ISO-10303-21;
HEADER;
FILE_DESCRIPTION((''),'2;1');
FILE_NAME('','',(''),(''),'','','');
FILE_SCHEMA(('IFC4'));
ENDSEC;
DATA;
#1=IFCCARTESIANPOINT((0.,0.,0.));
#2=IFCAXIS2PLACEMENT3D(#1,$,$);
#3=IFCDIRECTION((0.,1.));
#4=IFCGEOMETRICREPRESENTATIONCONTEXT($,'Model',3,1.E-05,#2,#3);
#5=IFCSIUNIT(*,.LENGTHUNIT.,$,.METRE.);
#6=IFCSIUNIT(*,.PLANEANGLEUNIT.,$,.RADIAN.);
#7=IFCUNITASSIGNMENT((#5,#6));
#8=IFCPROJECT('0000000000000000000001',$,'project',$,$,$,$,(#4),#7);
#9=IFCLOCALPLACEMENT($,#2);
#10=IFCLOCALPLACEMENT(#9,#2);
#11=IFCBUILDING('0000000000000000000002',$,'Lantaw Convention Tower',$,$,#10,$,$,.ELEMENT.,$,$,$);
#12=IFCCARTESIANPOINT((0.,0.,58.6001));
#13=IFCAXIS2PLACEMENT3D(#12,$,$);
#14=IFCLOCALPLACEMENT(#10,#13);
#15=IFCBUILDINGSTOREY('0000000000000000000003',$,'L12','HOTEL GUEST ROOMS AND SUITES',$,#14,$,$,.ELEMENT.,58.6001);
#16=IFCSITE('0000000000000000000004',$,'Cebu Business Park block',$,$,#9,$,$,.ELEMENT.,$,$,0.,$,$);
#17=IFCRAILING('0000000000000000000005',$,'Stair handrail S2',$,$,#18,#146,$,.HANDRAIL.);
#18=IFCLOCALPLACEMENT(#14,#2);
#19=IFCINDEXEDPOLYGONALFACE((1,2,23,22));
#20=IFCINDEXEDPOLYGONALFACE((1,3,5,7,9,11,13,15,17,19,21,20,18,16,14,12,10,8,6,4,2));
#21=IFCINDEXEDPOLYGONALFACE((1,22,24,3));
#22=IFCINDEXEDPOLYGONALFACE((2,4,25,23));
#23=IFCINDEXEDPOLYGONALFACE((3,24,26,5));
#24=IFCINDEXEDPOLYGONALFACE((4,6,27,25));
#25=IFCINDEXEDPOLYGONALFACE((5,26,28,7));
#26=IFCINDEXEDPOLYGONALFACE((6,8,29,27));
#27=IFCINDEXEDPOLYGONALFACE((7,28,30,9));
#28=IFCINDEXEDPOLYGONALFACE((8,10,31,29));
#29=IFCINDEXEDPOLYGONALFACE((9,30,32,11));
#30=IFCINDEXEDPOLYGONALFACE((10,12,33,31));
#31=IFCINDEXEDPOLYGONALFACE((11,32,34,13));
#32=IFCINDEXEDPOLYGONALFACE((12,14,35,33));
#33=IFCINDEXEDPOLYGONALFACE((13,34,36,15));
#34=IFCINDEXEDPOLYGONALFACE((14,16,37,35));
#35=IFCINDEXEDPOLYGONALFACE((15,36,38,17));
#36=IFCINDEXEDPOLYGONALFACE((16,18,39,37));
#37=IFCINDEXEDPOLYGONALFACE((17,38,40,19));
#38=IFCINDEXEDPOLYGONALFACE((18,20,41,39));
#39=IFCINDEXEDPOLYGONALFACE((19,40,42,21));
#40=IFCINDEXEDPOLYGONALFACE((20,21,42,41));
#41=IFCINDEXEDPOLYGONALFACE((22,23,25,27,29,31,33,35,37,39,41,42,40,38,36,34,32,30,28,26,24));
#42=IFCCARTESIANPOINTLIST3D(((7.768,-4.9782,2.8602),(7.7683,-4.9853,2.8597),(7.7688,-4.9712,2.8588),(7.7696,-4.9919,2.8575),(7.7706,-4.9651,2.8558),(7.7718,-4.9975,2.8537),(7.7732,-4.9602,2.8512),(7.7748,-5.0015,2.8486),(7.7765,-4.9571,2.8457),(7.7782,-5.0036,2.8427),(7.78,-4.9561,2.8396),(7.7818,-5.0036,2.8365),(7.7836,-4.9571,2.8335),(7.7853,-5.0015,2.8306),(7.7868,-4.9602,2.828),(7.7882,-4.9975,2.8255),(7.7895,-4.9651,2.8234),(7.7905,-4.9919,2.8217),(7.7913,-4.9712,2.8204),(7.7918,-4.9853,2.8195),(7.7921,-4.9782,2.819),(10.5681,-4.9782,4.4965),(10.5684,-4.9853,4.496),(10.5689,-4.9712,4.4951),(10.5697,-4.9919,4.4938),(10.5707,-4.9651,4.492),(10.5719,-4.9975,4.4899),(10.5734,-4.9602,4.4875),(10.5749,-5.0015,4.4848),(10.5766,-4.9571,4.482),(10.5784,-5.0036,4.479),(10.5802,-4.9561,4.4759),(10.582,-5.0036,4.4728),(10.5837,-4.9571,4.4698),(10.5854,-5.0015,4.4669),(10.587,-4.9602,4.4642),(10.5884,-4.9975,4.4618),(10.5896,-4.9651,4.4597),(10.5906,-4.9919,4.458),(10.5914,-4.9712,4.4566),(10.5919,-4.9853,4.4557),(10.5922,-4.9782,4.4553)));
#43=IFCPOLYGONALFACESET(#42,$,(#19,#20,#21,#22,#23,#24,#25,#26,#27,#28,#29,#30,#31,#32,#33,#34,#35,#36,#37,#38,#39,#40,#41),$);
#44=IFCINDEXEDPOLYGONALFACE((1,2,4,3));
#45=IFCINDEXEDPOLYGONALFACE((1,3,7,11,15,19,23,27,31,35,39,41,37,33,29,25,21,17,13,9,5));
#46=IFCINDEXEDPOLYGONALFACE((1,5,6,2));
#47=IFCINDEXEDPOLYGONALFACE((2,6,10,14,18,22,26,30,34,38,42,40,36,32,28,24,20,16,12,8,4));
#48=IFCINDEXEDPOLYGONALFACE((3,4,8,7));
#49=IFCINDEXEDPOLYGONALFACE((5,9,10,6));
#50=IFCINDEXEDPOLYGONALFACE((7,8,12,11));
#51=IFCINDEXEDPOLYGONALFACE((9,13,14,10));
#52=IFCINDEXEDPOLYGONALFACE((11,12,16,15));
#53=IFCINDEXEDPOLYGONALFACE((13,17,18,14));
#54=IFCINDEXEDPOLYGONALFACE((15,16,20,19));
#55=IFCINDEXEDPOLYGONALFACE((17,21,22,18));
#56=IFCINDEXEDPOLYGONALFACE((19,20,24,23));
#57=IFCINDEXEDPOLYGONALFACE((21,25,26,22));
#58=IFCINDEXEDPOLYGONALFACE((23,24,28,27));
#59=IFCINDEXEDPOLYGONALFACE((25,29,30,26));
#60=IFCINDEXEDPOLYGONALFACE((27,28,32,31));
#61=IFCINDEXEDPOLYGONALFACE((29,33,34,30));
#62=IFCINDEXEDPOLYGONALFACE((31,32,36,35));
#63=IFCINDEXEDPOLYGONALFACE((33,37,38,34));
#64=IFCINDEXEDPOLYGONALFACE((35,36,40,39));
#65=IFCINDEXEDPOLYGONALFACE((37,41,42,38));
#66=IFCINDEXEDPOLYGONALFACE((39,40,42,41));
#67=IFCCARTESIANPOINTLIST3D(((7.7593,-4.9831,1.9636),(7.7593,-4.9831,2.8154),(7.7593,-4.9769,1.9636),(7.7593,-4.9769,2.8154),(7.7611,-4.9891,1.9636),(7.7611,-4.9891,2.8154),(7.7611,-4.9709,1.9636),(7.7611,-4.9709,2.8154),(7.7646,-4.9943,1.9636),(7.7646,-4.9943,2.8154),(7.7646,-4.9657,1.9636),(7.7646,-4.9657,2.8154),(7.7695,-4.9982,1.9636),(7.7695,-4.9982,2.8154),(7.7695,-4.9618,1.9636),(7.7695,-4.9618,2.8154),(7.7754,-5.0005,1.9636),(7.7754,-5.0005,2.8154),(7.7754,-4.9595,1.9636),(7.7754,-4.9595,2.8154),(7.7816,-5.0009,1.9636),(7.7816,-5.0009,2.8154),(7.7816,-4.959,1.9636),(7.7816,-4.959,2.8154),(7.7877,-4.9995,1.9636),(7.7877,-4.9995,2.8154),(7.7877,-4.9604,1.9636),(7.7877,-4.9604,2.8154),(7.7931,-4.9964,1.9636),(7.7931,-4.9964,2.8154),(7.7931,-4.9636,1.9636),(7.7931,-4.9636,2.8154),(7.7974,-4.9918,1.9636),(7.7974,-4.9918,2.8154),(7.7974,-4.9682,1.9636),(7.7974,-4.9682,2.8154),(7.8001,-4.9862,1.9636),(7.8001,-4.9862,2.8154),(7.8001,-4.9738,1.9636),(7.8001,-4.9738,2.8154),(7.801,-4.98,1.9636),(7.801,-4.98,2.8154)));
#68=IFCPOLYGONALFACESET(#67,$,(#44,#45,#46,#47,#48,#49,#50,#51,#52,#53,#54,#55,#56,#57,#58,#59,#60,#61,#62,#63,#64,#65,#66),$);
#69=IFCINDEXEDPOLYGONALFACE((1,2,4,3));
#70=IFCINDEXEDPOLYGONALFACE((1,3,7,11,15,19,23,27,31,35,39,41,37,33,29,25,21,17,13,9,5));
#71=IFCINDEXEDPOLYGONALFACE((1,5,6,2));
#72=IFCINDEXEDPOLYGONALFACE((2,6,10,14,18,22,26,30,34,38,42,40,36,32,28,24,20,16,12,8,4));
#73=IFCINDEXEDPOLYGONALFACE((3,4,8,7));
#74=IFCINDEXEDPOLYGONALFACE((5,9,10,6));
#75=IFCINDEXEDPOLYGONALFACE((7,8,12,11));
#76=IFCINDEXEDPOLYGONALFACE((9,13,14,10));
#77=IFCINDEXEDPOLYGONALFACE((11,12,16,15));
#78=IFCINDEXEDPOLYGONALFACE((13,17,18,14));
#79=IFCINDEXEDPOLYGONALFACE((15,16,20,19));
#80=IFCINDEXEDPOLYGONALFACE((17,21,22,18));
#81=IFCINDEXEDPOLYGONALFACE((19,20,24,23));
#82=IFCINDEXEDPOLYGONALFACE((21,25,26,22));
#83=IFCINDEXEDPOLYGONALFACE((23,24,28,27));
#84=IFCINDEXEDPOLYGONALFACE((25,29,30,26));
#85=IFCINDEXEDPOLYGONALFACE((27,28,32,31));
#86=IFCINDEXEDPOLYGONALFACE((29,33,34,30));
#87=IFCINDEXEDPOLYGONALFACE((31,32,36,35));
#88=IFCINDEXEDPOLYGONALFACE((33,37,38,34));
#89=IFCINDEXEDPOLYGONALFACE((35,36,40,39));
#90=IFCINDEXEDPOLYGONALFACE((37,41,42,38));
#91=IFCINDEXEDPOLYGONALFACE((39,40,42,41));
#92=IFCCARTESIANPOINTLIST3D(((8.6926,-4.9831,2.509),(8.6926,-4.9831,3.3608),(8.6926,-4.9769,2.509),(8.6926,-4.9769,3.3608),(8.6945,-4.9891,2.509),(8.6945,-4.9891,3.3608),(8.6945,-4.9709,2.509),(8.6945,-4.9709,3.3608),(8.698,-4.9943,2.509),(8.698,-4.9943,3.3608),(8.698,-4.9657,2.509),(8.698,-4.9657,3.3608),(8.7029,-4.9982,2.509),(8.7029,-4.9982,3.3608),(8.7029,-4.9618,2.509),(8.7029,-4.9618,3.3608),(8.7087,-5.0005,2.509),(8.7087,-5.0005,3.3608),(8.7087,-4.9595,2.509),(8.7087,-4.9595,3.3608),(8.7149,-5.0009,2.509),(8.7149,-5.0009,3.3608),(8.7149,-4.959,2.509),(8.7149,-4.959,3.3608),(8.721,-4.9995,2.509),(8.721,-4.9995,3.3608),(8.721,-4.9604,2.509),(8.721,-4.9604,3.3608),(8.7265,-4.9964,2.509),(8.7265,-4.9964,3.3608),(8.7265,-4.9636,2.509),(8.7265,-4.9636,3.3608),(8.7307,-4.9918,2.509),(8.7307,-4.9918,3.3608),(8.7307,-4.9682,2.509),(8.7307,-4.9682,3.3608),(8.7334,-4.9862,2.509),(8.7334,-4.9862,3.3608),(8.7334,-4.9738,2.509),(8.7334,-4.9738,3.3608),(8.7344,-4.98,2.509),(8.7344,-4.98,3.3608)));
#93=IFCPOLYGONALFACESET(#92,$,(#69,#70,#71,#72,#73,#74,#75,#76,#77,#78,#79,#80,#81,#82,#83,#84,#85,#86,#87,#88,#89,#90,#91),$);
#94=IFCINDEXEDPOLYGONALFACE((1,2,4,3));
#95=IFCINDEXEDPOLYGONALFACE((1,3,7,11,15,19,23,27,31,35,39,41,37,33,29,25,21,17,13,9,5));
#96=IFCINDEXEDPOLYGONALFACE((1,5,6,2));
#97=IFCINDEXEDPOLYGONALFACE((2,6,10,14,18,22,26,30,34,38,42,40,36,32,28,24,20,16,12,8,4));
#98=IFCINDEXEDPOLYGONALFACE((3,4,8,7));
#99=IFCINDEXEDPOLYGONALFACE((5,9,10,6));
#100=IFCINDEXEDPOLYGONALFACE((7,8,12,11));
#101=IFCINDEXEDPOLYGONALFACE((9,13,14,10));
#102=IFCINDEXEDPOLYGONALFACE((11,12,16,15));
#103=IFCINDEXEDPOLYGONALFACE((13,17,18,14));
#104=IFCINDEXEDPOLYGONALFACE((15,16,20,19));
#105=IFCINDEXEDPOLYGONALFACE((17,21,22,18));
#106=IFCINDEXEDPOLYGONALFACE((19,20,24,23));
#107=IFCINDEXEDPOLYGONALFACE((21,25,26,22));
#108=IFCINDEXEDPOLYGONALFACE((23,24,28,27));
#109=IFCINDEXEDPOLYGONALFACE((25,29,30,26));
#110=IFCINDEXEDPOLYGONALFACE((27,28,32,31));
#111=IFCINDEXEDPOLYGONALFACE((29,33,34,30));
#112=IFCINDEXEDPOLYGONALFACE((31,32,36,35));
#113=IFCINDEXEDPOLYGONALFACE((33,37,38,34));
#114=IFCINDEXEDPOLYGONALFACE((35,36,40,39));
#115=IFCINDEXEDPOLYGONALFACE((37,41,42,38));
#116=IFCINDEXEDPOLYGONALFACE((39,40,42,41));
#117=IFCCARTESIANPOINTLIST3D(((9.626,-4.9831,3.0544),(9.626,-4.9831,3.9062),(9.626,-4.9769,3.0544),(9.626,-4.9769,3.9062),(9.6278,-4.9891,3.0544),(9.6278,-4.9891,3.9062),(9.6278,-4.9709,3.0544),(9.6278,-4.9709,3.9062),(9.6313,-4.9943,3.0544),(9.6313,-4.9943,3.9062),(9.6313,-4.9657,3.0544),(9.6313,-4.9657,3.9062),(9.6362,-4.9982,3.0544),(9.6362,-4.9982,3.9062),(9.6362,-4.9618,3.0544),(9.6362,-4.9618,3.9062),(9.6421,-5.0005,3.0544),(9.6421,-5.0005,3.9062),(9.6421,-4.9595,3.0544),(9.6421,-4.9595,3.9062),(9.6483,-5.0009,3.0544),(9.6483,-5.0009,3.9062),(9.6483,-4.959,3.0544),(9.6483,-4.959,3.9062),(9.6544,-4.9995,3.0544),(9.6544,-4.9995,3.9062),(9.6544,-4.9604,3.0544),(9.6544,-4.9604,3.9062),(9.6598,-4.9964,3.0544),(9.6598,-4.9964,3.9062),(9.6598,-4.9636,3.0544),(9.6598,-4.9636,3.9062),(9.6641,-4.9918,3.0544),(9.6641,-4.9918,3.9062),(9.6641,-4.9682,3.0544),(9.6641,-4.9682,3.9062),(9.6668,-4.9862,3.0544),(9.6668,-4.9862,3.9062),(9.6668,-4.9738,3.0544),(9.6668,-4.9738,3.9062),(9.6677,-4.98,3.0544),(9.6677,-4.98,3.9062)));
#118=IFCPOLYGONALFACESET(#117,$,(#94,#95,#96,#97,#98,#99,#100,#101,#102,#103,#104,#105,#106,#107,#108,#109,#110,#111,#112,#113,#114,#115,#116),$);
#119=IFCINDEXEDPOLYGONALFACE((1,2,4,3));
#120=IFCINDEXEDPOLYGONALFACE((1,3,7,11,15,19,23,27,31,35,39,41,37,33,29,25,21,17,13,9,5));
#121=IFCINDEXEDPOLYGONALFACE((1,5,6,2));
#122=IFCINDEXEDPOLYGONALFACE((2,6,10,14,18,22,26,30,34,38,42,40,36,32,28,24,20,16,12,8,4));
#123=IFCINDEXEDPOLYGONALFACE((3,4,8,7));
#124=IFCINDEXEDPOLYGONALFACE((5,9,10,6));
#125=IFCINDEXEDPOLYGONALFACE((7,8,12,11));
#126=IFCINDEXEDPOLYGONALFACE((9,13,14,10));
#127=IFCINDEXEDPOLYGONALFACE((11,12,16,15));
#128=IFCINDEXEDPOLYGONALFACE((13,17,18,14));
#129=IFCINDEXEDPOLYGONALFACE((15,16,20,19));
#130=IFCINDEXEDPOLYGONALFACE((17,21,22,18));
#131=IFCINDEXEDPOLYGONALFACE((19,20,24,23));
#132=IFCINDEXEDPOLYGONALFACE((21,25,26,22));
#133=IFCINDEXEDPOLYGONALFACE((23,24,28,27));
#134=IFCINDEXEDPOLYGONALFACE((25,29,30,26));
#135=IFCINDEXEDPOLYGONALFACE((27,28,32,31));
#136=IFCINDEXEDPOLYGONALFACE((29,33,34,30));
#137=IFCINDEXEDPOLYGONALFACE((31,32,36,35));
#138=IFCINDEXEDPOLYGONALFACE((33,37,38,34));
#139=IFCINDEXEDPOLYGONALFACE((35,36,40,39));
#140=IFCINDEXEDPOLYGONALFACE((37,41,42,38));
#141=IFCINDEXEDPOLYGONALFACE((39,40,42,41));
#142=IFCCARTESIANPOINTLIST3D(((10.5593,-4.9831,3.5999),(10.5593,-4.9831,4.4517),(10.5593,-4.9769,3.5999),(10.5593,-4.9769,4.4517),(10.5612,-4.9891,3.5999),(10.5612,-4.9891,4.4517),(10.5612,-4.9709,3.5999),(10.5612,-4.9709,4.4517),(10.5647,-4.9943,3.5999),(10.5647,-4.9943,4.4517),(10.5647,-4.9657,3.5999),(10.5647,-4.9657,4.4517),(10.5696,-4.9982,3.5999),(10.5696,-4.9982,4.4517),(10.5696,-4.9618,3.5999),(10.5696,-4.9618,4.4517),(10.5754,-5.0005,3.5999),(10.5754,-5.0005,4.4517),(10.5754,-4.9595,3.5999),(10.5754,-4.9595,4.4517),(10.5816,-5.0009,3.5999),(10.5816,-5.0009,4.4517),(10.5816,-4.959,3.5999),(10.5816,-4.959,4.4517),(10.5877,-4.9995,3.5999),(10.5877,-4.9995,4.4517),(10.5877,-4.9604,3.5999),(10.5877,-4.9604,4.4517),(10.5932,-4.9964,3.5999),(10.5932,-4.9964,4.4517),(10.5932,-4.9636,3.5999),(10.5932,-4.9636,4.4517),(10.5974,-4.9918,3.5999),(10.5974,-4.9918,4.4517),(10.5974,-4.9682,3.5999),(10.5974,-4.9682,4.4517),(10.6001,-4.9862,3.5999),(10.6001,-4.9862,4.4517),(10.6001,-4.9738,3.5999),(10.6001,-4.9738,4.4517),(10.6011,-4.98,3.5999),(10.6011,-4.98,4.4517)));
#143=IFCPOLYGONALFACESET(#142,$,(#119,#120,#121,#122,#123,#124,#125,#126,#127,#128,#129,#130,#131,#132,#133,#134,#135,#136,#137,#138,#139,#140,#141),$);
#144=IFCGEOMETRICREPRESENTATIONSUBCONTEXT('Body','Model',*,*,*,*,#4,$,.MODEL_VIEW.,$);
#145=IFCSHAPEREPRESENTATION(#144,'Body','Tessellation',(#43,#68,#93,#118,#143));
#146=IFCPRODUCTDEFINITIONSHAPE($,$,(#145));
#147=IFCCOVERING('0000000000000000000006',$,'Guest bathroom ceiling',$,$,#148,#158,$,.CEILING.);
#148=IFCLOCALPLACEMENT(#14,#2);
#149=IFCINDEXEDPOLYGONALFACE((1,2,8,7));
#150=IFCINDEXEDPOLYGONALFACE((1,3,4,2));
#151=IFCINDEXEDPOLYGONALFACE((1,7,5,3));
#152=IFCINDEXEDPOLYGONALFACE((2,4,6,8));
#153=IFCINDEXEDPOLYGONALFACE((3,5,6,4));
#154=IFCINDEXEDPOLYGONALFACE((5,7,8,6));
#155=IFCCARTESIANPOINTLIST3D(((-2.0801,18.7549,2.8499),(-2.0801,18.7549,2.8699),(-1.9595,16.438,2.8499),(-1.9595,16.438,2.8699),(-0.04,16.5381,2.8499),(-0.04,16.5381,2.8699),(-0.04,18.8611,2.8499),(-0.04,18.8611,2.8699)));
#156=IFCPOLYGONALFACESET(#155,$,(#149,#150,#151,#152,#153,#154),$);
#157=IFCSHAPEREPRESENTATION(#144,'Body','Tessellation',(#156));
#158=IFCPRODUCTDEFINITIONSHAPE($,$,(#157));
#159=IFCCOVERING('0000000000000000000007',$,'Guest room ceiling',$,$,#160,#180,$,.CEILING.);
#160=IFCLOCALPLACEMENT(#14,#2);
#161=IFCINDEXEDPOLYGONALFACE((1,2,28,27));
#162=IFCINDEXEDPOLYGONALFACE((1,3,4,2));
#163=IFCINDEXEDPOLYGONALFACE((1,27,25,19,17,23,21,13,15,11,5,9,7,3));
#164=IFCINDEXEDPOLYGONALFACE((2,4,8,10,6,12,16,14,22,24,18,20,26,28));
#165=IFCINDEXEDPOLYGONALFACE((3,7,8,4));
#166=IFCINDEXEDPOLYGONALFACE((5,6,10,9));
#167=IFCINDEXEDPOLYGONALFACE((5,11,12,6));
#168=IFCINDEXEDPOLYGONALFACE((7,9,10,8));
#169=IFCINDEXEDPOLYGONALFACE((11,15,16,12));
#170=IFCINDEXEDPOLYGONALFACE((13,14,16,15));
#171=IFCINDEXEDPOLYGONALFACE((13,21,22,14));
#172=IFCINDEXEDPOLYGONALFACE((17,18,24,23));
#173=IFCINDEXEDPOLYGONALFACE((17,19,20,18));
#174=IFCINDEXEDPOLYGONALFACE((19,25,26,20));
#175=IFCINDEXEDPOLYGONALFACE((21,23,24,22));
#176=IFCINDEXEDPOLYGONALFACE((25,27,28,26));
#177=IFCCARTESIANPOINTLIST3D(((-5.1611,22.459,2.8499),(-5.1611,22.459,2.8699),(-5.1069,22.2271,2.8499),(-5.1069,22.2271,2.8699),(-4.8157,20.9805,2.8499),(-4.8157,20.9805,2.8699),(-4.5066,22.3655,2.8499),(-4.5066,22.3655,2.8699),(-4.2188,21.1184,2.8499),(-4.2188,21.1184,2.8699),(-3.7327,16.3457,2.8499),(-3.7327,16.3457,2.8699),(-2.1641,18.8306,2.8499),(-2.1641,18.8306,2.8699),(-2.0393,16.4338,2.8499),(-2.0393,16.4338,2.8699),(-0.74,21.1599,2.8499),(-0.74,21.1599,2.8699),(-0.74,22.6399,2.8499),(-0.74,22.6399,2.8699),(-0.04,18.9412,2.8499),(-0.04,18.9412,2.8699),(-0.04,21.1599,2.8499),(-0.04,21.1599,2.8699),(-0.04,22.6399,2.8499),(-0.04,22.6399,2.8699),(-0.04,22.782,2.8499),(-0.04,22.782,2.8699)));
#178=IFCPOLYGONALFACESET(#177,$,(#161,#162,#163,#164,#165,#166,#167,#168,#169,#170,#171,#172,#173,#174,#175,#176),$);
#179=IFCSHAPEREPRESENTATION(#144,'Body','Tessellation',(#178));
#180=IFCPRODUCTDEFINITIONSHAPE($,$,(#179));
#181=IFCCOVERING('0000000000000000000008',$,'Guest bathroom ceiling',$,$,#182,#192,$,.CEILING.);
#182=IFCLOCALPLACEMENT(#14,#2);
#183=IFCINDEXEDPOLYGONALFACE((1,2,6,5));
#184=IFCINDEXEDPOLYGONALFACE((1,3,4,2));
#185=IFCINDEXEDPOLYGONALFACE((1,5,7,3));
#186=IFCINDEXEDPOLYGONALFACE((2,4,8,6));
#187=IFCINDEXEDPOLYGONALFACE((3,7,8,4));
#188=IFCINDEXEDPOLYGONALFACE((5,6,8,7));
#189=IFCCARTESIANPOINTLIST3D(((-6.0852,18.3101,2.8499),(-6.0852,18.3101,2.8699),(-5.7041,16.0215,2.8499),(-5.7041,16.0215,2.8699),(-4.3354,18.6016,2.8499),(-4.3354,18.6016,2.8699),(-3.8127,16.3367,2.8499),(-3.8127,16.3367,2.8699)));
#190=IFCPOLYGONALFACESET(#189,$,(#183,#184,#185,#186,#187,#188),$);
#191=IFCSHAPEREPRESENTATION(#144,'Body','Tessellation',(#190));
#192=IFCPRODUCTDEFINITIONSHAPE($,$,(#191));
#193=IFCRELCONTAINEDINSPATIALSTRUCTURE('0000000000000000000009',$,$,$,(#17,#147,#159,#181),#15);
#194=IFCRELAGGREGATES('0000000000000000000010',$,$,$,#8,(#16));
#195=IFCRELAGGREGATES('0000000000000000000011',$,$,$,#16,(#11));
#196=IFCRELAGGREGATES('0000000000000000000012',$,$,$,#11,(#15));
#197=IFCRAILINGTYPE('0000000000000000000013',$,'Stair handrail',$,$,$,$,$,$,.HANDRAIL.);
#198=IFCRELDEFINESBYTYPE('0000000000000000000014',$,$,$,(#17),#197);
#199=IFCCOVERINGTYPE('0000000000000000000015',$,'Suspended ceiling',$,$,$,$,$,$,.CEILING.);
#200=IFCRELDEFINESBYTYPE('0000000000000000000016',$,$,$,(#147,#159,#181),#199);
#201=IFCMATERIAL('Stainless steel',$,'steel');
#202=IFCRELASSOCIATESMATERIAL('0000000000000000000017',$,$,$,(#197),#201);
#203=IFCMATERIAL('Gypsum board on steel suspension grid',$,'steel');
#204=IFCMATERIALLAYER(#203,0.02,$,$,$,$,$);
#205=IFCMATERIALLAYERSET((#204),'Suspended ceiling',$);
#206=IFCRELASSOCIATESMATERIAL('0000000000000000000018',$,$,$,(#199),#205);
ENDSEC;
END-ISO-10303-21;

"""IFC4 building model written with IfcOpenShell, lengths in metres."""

from ifc_helpers import new_model, si_unit, direction, frame, origin, origin_2d, place, context, subcontext, project, spatial, polyline, circle, outline, extrude, material, layer, layer_set, type_object, element, save


model = new_model("IFC4")

# Units and contexts
model_context = context("Model", 3, precision=1e-05, world=origin(), true_north=direction((0.0, 1.0)))
body_context = subcontext(model_context, "Body", "Model", "MODEL_VIEW")
ifc_project = project(units=[si_unit("LENGTHUNIT", "METRE"), si_unit("PLANEANGLEUNIT", "RADIAN")], contexts=[model_context])

# Site, building, storey
site_placement = place(None, origin())
site = spatial("IfcSite", under=ifc_project, at=site_placement, Name="Cebu Business Park block", CompositionType="ELEMENT", RefElevation=0.0)
building_placement = place(site_placement, origin())
building = spatial("IfcBuilding", under=site, at=building_placement, Name="Lantaw Convention Tower", CompositionType="ELEMENT")
storey_placement = place(building_placement, frame((0.0, 0.0, 58.6001)))
storey = spatial("IfcBuildingStorey", under=building, at=storey_placement, Name="L12", Description="HOTEL GUEST ROOMS AND SUITES", CompositionType="ELEMENT", Elevation=58.6001)

# Railing
ifc_material_1 = material(Name="Stainless steel", Category="steel")
railing_type = type_object("IfcRailingType", Name="Stair handrail", PredefinedType="HANDRAIL", material=ifc_material_1)
railing_1_placement = place(storey_placement, frame((7.78, -4.98, 1.9636)))
element("IfcRailing", 1, at=railing_1_placement, inside=storey, type_object=railing_type, Name="Stair handrail S2", PredefinedType="HANDRAIL", context=body_context, shape_type="SweptSolid", body=[
    extrude(circle(Radius=0.0239, at=origin_2d()), frame((0.0, 0.0, 0.876), z_axis=(0.863394, 0.0, 0.504531), x_axis=(0.0, 1.0, 0.0)), (0.0, 0.0, 1.0), 3.2432),
    extrude(circle(Radius=0.021, at=origin_2d()), origin(), (0.0, 0.0, 1.0), 0.8518),
    extrude(circle(Radius=0.021, at=origin_2d()), frame((0.9333, 0.0, 0.5454)), (0.0, 0.0, 1.0), 0.8518),
    extrude(circle(Radius=0.021, at=origin_2d()), frame((1.8667, 0.0, 1.0908)), (0.0, 0.0, 1.0), 0.8518),
    extrude(circle(Radius=0.021, at=origin_2d()), frame((2.8, 0.0, 1.6362)), (0.0, 0.0, 1.0), 0.8518),
])

# Coverings
ifc_material_2 = material(Name="Gypsum board on steel suspension grid", Category="steel")
ifc_layer_1 = layer(ifc_material_2, 0.02)
ifc_layer_set_1 = layer_set([ifc_layer_1], Name="Suspended ceiling")
covering_type = type_object("IfcCoveringType", Name="Suspended ceiling", PredefinedType="CEILING", material=ifc_layer_set_1)
covering_1_placement = place(storey_placement, frame((0.0, 0.0, 2.8499)))
element("IfcCovering", 2, at=covering_1_placement, inside=storey, type_object=covering_type, Name="Guest bathroom ceiling", PredefinedType="CEILING", context=body_context, shape_type="SweptSolid", body=[
    extrude(outline(polyline([(-0.04, 16.5381), (-0.04, 18.8611), (-2.0801, 18.7549), (-1.9595, 16.438), (-0.04, 16.5381)])), origin(), (0.0, 0.0, 1.0), 0.02),
])
covering_2_placement = place(storey_placement, frame((0.0, 0.0, 2.8499)))
element("IfcCovering", 3, at=covering_2_placement, inside=storey, type_object=covering_type, Name="Guest room ceiling", PredefinedType="CEILING", context=body_context, shape_type="SweptSolid", body=[
    extrude(outline(polyline([(-4.8157, 20.9805), (-3.7327, 16.3457), (-2.0393, 16.4338), (-2.1641, 18.8306), (-0.04, 18.9412), (-0.04, 21.1599), (-0.74, 21.1599), (-0.74, 22.6399), (-0.04, 22.6399), (-0.04, 22.782), (-5.1611, 22.459), (-5.1069, 22.2271), (-4.5066, 22.3655), (-4.2188, 21.1184), (-4.8157, 20.9805)])), origin(), (0.0, 0.0, 1.0), 0.02),
])
covering_3_placement = place(storey_placement, frame((0.0, 0.0, 2.8499)))
element("IfcCovering", 4, at=covering_3_placement, inside=storey, type_object=covering_type, Name="Guest bathroom ceiling", PredefinedType="CEILING", context=body_context, shape_type="SweptSolid", body=[
    extrude(outline(polyline([(-3.8127, 16.3367), (-4.3354, 18.6016), (-6.0852, 18.3101), (-5.7041, 16.0215), (-3.8127, 16.3367)])), origin(), (0.0, 0.0, 1.0), 0.02),
])

save(model, "model.ifc")
